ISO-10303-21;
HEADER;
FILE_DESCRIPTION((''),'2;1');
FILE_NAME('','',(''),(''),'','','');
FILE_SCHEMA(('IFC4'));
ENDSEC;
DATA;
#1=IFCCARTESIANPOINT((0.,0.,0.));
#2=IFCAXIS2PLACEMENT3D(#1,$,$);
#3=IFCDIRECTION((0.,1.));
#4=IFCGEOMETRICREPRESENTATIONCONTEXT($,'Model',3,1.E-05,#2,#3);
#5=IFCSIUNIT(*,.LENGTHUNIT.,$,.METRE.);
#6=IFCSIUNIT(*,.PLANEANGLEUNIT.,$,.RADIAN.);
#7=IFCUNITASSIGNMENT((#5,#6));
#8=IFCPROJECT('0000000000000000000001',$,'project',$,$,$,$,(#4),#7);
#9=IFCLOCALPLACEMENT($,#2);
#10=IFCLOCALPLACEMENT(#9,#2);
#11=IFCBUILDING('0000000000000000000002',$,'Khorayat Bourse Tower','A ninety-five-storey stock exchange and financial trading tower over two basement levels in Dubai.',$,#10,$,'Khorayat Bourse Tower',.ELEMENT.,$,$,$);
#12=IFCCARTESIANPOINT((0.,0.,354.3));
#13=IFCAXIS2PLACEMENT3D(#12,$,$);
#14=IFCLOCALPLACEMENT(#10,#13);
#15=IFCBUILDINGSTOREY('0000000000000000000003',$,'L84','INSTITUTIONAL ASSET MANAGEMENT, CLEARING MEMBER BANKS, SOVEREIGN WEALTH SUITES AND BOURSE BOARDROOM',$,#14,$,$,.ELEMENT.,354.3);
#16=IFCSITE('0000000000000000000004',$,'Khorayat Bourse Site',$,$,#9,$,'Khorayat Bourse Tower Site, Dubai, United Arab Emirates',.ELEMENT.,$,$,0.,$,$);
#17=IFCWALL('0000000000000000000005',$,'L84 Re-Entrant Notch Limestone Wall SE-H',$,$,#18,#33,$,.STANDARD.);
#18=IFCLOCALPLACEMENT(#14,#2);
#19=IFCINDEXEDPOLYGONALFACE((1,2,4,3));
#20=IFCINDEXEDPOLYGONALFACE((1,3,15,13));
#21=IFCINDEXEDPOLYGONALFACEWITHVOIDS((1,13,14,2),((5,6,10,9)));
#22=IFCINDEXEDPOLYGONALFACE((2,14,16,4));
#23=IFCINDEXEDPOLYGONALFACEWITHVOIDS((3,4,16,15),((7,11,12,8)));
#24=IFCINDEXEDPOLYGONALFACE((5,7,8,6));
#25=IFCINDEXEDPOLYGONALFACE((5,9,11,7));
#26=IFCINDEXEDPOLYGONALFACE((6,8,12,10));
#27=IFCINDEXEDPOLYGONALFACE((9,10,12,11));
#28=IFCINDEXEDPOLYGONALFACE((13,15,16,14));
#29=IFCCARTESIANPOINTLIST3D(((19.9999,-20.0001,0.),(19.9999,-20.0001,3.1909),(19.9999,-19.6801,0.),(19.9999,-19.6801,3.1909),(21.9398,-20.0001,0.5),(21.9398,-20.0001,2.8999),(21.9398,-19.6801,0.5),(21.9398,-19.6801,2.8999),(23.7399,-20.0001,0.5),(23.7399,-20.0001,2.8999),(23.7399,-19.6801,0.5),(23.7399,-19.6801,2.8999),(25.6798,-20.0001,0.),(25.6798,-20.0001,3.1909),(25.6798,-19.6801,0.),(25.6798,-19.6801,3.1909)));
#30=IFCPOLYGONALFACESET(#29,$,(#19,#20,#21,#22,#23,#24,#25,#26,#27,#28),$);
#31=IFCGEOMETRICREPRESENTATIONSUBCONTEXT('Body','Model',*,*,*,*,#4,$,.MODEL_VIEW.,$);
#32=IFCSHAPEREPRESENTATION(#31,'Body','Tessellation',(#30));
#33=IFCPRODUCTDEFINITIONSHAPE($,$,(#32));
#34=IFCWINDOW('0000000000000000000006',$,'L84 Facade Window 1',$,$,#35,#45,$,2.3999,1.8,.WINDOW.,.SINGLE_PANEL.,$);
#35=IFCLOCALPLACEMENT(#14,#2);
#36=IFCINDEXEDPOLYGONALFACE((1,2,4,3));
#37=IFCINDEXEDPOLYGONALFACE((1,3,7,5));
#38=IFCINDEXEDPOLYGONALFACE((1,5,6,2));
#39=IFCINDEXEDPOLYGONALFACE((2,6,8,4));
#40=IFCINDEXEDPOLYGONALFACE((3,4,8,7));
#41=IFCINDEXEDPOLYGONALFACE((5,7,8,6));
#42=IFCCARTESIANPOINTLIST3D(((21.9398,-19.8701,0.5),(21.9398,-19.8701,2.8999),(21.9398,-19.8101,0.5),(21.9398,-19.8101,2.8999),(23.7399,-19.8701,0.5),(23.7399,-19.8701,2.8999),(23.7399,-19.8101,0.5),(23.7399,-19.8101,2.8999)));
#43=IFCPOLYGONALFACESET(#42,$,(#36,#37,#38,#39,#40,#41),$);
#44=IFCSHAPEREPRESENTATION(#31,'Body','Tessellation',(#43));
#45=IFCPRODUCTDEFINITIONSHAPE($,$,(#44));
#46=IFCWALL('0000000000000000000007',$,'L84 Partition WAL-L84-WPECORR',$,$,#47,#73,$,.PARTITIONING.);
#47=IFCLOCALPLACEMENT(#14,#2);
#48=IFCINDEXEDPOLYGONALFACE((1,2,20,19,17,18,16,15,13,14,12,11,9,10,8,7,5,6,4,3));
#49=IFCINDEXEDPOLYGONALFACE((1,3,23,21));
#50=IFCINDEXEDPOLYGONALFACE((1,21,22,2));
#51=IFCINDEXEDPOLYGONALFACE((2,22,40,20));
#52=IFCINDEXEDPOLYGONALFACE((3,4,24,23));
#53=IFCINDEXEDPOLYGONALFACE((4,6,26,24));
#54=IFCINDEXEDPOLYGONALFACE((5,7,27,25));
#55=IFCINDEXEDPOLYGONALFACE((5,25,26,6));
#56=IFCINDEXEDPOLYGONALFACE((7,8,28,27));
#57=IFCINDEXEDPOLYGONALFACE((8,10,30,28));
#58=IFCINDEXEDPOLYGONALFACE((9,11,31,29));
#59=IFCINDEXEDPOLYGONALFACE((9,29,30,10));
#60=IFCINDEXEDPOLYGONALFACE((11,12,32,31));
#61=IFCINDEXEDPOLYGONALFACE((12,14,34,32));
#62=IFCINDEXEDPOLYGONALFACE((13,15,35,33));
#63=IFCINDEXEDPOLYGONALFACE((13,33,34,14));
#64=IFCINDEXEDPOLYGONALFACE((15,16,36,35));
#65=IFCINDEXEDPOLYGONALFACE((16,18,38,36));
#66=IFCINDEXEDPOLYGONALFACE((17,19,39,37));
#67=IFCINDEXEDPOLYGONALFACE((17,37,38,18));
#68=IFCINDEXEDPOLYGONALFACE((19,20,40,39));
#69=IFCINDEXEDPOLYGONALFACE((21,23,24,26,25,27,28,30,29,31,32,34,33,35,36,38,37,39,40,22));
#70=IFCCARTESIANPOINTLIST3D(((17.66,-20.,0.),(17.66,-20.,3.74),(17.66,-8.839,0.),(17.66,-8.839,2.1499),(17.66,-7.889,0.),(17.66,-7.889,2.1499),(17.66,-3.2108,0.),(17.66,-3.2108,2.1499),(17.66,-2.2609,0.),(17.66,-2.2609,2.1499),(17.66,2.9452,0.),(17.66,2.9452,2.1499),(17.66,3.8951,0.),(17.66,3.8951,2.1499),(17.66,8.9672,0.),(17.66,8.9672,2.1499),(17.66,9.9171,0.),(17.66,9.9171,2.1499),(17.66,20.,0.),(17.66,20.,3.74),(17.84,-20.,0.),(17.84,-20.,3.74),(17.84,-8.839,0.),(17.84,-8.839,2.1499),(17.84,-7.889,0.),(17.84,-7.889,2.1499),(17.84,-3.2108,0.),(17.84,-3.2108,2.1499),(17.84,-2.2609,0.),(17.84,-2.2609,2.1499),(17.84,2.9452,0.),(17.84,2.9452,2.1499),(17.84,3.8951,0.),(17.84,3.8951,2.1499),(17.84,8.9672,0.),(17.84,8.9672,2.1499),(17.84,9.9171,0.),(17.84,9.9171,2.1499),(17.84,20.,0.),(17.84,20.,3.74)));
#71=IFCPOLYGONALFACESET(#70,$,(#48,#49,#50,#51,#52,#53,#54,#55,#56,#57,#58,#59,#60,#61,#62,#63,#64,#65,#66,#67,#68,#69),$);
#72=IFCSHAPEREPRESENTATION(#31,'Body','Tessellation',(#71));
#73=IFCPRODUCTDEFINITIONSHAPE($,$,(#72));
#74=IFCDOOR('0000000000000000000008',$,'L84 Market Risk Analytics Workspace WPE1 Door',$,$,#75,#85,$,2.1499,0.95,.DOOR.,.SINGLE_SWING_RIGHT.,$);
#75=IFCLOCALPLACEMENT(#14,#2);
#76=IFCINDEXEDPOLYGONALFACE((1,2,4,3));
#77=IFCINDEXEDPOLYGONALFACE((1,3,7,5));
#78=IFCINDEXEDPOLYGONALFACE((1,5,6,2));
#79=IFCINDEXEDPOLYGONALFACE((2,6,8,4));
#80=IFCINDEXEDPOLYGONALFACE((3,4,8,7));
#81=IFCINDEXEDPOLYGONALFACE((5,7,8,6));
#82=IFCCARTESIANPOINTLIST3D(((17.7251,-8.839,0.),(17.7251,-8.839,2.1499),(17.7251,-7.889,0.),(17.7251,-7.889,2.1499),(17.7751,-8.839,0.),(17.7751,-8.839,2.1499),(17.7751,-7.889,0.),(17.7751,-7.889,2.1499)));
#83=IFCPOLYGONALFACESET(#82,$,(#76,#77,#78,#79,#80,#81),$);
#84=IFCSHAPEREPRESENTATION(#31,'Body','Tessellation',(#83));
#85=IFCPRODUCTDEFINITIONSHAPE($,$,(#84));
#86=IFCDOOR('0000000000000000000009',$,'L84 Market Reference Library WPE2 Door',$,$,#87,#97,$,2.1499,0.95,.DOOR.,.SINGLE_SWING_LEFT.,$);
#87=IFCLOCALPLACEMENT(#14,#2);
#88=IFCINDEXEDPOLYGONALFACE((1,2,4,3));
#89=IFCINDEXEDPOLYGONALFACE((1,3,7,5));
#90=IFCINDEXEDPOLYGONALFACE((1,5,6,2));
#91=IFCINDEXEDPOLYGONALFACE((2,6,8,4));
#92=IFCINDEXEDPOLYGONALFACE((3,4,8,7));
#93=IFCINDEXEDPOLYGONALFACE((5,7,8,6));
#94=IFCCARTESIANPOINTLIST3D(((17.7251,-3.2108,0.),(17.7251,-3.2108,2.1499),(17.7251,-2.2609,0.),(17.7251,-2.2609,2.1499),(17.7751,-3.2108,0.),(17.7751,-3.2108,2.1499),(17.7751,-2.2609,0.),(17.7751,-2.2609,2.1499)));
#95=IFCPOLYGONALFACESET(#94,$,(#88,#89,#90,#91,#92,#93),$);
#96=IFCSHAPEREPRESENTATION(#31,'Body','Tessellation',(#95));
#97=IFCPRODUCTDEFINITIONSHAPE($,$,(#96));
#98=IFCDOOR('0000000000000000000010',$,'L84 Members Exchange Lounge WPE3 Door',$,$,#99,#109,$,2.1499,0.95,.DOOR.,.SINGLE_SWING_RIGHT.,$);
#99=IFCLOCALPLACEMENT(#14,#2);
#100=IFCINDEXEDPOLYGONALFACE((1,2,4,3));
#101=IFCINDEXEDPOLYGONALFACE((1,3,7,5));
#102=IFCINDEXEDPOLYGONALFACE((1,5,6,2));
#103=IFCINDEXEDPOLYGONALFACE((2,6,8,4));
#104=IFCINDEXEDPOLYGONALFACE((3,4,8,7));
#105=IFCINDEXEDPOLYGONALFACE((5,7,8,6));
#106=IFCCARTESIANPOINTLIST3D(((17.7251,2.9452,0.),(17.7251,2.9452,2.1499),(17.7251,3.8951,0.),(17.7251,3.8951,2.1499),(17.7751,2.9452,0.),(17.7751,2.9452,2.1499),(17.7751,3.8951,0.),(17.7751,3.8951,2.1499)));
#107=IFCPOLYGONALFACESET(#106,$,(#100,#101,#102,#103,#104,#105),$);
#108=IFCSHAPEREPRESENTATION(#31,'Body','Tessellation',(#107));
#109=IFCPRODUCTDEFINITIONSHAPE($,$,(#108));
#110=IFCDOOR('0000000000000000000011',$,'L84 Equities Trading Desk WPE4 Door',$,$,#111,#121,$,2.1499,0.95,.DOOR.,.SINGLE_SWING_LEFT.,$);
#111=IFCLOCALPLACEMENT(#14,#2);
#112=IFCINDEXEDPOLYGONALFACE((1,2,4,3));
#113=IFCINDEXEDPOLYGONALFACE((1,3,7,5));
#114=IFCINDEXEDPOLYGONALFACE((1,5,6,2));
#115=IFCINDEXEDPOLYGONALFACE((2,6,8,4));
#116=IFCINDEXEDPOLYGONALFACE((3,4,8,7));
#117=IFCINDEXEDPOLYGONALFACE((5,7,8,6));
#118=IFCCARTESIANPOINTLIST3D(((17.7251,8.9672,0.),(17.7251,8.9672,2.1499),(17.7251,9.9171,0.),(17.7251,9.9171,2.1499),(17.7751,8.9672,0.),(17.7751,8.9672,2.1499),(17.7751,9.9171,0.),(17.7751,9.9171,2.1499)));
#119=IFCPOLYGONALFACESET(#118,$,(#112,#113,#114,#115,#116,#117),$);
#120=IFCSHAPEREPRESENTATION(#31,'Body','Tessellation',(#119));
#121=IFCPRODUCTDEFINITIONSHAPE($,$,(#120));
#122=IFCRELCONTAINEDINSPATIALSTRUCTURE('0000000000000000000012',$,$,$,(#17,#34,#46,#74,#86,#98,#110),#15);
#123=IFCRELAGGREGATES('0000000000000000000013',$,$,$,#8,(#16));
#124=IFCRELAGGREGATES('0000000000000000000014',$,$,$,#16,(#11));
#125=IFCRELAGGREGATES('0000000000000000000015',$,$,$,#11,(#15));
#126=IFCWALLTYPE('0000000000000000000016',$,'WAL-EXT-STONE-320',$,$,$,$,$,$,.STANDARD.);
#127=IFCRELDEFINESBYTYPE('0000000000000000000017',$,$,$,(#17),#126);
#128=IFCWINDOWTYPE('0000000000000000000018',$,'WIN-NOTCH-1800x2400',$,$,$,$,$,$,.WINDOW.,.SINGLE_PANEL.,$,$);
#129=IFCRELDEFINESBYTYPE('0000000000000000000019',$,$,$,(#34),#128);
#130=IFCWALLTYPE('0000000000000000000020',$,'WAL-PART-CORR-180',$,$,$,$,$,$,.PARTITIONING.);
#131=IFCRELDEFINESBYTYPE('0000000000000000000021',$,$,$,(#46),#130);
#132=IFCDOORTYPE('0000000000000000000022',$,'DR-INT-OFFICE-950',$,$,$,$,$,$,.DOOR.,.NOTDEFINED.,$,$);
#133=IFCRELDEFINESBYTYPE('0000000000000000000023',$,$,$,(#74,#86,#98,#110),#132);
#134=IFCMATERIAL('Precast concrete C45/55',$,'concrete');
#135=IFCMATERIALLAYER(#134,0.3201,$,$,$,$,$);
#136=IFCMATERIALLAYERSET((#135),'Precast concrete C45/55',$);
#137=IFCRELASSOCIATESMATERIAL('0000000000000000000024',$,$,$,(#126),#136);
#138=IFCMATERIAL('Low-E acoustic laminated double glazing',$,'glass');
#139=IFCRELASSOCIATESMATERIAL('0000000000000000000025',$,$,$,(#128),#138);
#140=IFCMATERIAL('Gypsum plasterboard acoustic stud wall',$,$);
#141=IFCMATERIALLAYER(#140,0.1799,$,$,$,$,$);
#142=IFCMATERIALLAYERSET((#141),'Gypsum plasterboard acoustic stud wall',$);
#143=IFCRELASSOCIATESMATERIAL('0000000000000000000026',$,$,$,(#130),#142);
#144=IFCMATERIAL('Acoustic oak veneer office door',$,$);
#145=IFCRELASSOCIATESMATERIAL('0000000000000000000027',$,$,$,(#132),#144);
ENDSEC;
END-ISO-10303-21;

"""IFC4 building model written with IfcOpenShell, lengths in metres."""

from ifc_helpers import new_model, si_unit, direction, frame, frame_2d, origin, place, context, subcontext, project, spatial, rectangle, extrude, source, transform, mapped, material, layer, layer_set, type_object, element, fill, save


model = new_model("IFC4")

# Units and contexts
model_context = context("Model", 3, precision=1e-05, world=origin(), true_north=direction((0.0, 1.0)))
body_context = subcontext(model_context, "Body", "Model", "MODEL_VIEW")
ifc_project = project(units=[si_unit("LENGTHUNIT", "METRE"), si_unit("PLANEANGLEUNIT", "RADIAN")], contexts=[model_context])

# Site, building, storey
site_placement = place(None, origin())
site = spatial("IfcSite", under=ifc_project, at=site_placement, Name="Khorayat Bourse Site", LongName="Khorayat Bourse Tower Site, Dubai, United Arab Emirates", CompositionType="ELEMENT", RefElevation=0.0)
building_placement = place(site_placement, origin())
building = spatial("IfcBuilding", under=site, at=building_placement, Name="Khorayat Bourse Tower", Description="A ninety-five-storey stock exchange and financial trading tower over two basement levels in Dubai.", LongName="Khorayat Bourse Tower", CompositionType="ELEMENT")
storey_placement = place(building_placement, frame((0.0, 0.0, 354.3)))
storey = spatial("IfcBuildingStorey", under=building, at=storey_placement, Name="L84", Description="INSTITUTIONAL ASSET MANAGEMENT, CLEARING MEMBER BANKS, SOVEREIGN WEALTH SUITES AND BOURSE BOARDROOM", CompositionType="ELEMENT", Elevation=354.3)

# Wall, opening, window
ifc_material_1 = material(Name="Precast concrete C45/55", Category="concrete")
ifc_layer_1 = layer(ifc_material_1, 0.3201)
ifc_layer_set_1 = layer_set([ifc_layer_1], Name="Precast concrete C45/55")
wall_type_1 = type_object("IfcWallType", Name="WAL-EXT-STONE-320", PredefinedType="STANDARD", material=ifc_layer_set_1)
shared_shape_1 = source(origin(), body_context, "Body", "SweptSolid", [
    extrude(rectangle(XDim=5.6799, YDim=0.3201, at=frame_2d((2.8398, 0.0))), origin(), (0.0, 0.0, 1.0), 3.1909),
])
shared_shape_2 = source(origin(), body_context, "Body", "SweptSolid", [
    extrude(rectangle(XDim=1.8, YDim=2.3999, at=frame_2d((0.8999, 1.2))), frame((0.0, 0.1699, 0.0), z_axis=(0.0, -1.0, 0.0), x_axis=(1.0, 0.0, 0.0)), (0.0, 0.0, 1.0), 0.3401),
])
ifc_material_2 = material(Name="Low-E acoustic laminated double glazing", Category="glass")
window_type = type_object("IfcWindowType", Name="WIN-NOTCH-1800x2400", PartitioningType="SINGLE_PANEL", PredefinedType="WINDOW", material=ifc_material_2)
shared_shape_3 = source(origin(), body_context, "Body", "SweptSolid", [
    extrude(rectangle(XDim=1.8, YDim=2.3999, at=frame_2d((0.8999, 1.2))), frame((0.0, 0.03, 0.0), z_axis=(0.0, -1.0, 0.0), x_axis=(1.0, 0.0, 0.0)), (0.0, 0.0, 1.0), 0.0601),
])
wall_1_placement = place(storey_placement, frame((20.0, -19.8401, 0.0), z_axis=(0.0, 0.0, 1.0), x_axis=(1.0, 0.0, 0.0)))
wall_1 = element("IfcWall", 1, at=wall_1_placement, inside=storey, type_object=wall_type_1, Name="L84 Re-Entrant Notch Limestone Wall SE-H", PredefinedType="STANDARD", context=body_context, shape_type="MappedRepresentation", body=[
    mapped(shared_shape_1, transform((0.0, 0.0, 0.0), scale=1.0)),
])
opening_1_placement = place(wall_1_placement, frame((1.9399, 0.0, 0.5)))
opening_1 = element("IfcOpeningElement", 2, at=opening_1_placement, cuts=wall_1, PredefinedType="OPENING", context=body_context, shape_type="MappedRepresentation", body=[
    mapped(shared_shape_2, transform((0.0, 0.0, 0.0), scale=1.0)),
])
window_1_placement = place(opening_1_placement, origin())
window_1 = element("IfcWindow", 3, at=window_1_placement, inside=storey, type_object=window_type, Name="L84 Facade Window 1", OverallHeight=2.3999, OverallWidth=1.8, PartitioningType="SINGLE_PANEL", PredefinedType="WINDOW", context=body_context, shape_type="MappedRepresentation", body=[
    mapped(shared_shape_3, transform((0.0, 0.0, 0.0), scale=1.0)),
])
fill(opening_1, window_1)

# Wall, openings, doors
ifc_material_3 = material(Name="Gypsum plasterboard acoustic stud wall")
ifc_layer_2 = layer(ifc_material_3, 0.1799)
ifc_layer_set_2 = layer_set([ifc_layer_2], Name="Gypsum plasterboard acoustic stud wall")
wall_type_2 = type_object("IfcWallType", Name="WAL-PART-CORR-180", PredefinedType="PARTITIONING", material=ifc_layer_set_2)
shared_shape_4 = source(origin(), body_context, "Body", "SweptSolid", [
    extrude(rectangle(XDim=40.0, YDim=0.1799, at=frame_2d((20.0, 0.0))), origin(), (0.0, 0.0, 1.0), 3.74),
])
wall_2_placement = place(storey_placement, frame((17.75, -20.0, 0.0), z_axis=(0.0, 0.0, 1.0), x_axis=(0.0, 1.0, 0.0)))
wall_2 = element("IfcWall", 4, at=wall_2_placement, inside=storey, type_object=wall_type_2, Name="L84 Partition WAL-L84-WPECORR", PredefinedType="PARTITIONING", context=body_context, shape_type="MappedRepresentation", body=[
    mapped(shared_shape_4, transform((0.0, 0.0, 0.0), scale=1.0)),
])
shared_shape_5 = source(origin(), body_context, "Body", "SweptSolid", [
    extrude(rectangle(XDim=0.95, YDim=2.1499, at=frame_2d((0.4751, 1.075))), frame((0.0, 0.0999, 0.0), z_axis=(0.0, -1.0, 0.0), x_axis=(1.0, 0.0, 0.0)), (0.0, 0.0, 1.0), 0.2),
])
opening_2_placement = place(wall_2_placement, frame((11.1609, 0.0, 0.0)))
opening_2 = element("IfcOpeningElement", 5, at=opening_2_placement, cuts=wall_2, PredefinedType="OPENING", context=body_context, shape_type="MappedRepresentation", body=[
    mapped(shared_shape_5, transform((0.0, 0.0, 0.0), scale=1.0)),
])
opening_3_placement = place(wall_2_placement, frame((16.7891, 0.0, 0.0)))
opening_3 = element("IfcOpeningElement", 6, at=opening_3_placement, cuts=wall_2, PredefinedType="OPENING", context=body_context, shape_type="MappedRepresentation", body=[
    mapped(shared_shape_5, transform((0.0, 0.0, 0.0), scale=1.0)),
])
opening_4_placement = place(wall_2_placement, frame((22.9451, 0.0, 0.0)))
opening_4 = element("IfcOpeningElement", 7, at=opening_4_placement, cuts=wall_2, PredefinedType="OPENING", context=body_context, shape_type="MappedRepresentation", body=[
    mapped(shared_shape_5, transform((0.0, 0.0, 0.0), scale=1.0)),
])
opening_5_placement = place(wall_2_placement, frame((28.967, 0.0, 0.0)))
opening_5 = element("IfcOpeningElement", 8, at=opening_5_placement, cuts=wall_2, PredefinedType="OPENING", context=body_context, shape_type="MappedRepresentation", body=[
    mapped(shared_shape_5, transform((0.0, 0.0, 0.0), scale=1.0)),
])
ifc_material_4 = material(Name="Acoustic oak veneer office door")
door_type = type_object("IfcDoorType", Name="DR-INT-OFFICE-950", OperationType="NOTDEFINED", PredefinedType="DOOR", material=ifc_material_4)
shared_shape_6 = source(origin(), body_context, "Body", "SweptSolid", [
    extrude(rectangle(XDim=0.95, YDim=2.1499, at=frame_2d((0.4751, 1.075))), frame((0.0, 0.0249, 0.0), z_axis=(0.0, -1.0, 0.0), x_axis=(1.0, 0.0, 0.0)), (0.0, 0.0, 1.0), 0.05),
])
door_1_placement = place(opening_2_placement, origin())
door_1 = element("IfcDoor", 9, at=door_1_placement, inside=storey, type_object=door_type, Name="L84 Market Risk Analytics Workspace WPE1 Door", OperationType="SINGLE_SWING_RIGHT", OverallHeight=2.1499, OverallWidth=0.95, PredefinedType="DOOR", context=body_context, shape_type="MappedRepresentation", body=[
    mapped(shared_shape_6, transform((0.0, 0.0, 0.0), scale=1.0)),
])
fill(opening_2, door_1)
door_2_placement = place(opening_3_placement, origin())
door_2 = element("IfcDoor", 10, at=door_2_placement, inside=storey, type_object=door_type, Name="L84 Market Reference Library WPE2 Door", OperationType="SINGLE_SWING_LEFT", OverallHeight=2.1499, OverallWidth=0.95, PredefinedType="DOOR", context=body_context, shape_type="MappedRepresentation", body=[
    mapped(shared_shape_6, transform((0.0, 0.0, 0.0), scale=1.0)),
])
fill(opening_3, door_2)
door_3_placement = place(opening_4_placement, origin())
door_3 = element("IfcDoor", 11, at=door_3_placement, inside=storey, type_object=door_type, Name="L84 Members Exchange Lounge WPE3 Door", OperationType="SINGLE_SWING_RIGHT", OverallHeight=2.1499, OverallWidth=0.95, PredefinedType="DOOR", context=body_context, shape_type="MappedRepresentation", body=[
    mapped(shared_shape_6, transform((0.0, 0.0, 0.0), scale=1.0)),
])
fill(opening_4, door_3)
door_4_placement = place(opening_5_placement, origin())
door_4 = element("IfcDoor", 12, at=door_4_placement, inside=storey, type_object=door_type, Name="L84 Equities Trading Desk WPE4 Door", OperationType="SINGLE_SWING_LEFT", OverallHeight=2.1499, OverallWidth=0.95, PredefinedType="DOOR", context=body_context, shape_type="MappedRepresentation", body=[
    mapped(shared_shape_6, transform((0.0, 0.0, 0.0), scale=1.0)),
])
fill(opening_5, door_4)

save(model, "model.ifc")
